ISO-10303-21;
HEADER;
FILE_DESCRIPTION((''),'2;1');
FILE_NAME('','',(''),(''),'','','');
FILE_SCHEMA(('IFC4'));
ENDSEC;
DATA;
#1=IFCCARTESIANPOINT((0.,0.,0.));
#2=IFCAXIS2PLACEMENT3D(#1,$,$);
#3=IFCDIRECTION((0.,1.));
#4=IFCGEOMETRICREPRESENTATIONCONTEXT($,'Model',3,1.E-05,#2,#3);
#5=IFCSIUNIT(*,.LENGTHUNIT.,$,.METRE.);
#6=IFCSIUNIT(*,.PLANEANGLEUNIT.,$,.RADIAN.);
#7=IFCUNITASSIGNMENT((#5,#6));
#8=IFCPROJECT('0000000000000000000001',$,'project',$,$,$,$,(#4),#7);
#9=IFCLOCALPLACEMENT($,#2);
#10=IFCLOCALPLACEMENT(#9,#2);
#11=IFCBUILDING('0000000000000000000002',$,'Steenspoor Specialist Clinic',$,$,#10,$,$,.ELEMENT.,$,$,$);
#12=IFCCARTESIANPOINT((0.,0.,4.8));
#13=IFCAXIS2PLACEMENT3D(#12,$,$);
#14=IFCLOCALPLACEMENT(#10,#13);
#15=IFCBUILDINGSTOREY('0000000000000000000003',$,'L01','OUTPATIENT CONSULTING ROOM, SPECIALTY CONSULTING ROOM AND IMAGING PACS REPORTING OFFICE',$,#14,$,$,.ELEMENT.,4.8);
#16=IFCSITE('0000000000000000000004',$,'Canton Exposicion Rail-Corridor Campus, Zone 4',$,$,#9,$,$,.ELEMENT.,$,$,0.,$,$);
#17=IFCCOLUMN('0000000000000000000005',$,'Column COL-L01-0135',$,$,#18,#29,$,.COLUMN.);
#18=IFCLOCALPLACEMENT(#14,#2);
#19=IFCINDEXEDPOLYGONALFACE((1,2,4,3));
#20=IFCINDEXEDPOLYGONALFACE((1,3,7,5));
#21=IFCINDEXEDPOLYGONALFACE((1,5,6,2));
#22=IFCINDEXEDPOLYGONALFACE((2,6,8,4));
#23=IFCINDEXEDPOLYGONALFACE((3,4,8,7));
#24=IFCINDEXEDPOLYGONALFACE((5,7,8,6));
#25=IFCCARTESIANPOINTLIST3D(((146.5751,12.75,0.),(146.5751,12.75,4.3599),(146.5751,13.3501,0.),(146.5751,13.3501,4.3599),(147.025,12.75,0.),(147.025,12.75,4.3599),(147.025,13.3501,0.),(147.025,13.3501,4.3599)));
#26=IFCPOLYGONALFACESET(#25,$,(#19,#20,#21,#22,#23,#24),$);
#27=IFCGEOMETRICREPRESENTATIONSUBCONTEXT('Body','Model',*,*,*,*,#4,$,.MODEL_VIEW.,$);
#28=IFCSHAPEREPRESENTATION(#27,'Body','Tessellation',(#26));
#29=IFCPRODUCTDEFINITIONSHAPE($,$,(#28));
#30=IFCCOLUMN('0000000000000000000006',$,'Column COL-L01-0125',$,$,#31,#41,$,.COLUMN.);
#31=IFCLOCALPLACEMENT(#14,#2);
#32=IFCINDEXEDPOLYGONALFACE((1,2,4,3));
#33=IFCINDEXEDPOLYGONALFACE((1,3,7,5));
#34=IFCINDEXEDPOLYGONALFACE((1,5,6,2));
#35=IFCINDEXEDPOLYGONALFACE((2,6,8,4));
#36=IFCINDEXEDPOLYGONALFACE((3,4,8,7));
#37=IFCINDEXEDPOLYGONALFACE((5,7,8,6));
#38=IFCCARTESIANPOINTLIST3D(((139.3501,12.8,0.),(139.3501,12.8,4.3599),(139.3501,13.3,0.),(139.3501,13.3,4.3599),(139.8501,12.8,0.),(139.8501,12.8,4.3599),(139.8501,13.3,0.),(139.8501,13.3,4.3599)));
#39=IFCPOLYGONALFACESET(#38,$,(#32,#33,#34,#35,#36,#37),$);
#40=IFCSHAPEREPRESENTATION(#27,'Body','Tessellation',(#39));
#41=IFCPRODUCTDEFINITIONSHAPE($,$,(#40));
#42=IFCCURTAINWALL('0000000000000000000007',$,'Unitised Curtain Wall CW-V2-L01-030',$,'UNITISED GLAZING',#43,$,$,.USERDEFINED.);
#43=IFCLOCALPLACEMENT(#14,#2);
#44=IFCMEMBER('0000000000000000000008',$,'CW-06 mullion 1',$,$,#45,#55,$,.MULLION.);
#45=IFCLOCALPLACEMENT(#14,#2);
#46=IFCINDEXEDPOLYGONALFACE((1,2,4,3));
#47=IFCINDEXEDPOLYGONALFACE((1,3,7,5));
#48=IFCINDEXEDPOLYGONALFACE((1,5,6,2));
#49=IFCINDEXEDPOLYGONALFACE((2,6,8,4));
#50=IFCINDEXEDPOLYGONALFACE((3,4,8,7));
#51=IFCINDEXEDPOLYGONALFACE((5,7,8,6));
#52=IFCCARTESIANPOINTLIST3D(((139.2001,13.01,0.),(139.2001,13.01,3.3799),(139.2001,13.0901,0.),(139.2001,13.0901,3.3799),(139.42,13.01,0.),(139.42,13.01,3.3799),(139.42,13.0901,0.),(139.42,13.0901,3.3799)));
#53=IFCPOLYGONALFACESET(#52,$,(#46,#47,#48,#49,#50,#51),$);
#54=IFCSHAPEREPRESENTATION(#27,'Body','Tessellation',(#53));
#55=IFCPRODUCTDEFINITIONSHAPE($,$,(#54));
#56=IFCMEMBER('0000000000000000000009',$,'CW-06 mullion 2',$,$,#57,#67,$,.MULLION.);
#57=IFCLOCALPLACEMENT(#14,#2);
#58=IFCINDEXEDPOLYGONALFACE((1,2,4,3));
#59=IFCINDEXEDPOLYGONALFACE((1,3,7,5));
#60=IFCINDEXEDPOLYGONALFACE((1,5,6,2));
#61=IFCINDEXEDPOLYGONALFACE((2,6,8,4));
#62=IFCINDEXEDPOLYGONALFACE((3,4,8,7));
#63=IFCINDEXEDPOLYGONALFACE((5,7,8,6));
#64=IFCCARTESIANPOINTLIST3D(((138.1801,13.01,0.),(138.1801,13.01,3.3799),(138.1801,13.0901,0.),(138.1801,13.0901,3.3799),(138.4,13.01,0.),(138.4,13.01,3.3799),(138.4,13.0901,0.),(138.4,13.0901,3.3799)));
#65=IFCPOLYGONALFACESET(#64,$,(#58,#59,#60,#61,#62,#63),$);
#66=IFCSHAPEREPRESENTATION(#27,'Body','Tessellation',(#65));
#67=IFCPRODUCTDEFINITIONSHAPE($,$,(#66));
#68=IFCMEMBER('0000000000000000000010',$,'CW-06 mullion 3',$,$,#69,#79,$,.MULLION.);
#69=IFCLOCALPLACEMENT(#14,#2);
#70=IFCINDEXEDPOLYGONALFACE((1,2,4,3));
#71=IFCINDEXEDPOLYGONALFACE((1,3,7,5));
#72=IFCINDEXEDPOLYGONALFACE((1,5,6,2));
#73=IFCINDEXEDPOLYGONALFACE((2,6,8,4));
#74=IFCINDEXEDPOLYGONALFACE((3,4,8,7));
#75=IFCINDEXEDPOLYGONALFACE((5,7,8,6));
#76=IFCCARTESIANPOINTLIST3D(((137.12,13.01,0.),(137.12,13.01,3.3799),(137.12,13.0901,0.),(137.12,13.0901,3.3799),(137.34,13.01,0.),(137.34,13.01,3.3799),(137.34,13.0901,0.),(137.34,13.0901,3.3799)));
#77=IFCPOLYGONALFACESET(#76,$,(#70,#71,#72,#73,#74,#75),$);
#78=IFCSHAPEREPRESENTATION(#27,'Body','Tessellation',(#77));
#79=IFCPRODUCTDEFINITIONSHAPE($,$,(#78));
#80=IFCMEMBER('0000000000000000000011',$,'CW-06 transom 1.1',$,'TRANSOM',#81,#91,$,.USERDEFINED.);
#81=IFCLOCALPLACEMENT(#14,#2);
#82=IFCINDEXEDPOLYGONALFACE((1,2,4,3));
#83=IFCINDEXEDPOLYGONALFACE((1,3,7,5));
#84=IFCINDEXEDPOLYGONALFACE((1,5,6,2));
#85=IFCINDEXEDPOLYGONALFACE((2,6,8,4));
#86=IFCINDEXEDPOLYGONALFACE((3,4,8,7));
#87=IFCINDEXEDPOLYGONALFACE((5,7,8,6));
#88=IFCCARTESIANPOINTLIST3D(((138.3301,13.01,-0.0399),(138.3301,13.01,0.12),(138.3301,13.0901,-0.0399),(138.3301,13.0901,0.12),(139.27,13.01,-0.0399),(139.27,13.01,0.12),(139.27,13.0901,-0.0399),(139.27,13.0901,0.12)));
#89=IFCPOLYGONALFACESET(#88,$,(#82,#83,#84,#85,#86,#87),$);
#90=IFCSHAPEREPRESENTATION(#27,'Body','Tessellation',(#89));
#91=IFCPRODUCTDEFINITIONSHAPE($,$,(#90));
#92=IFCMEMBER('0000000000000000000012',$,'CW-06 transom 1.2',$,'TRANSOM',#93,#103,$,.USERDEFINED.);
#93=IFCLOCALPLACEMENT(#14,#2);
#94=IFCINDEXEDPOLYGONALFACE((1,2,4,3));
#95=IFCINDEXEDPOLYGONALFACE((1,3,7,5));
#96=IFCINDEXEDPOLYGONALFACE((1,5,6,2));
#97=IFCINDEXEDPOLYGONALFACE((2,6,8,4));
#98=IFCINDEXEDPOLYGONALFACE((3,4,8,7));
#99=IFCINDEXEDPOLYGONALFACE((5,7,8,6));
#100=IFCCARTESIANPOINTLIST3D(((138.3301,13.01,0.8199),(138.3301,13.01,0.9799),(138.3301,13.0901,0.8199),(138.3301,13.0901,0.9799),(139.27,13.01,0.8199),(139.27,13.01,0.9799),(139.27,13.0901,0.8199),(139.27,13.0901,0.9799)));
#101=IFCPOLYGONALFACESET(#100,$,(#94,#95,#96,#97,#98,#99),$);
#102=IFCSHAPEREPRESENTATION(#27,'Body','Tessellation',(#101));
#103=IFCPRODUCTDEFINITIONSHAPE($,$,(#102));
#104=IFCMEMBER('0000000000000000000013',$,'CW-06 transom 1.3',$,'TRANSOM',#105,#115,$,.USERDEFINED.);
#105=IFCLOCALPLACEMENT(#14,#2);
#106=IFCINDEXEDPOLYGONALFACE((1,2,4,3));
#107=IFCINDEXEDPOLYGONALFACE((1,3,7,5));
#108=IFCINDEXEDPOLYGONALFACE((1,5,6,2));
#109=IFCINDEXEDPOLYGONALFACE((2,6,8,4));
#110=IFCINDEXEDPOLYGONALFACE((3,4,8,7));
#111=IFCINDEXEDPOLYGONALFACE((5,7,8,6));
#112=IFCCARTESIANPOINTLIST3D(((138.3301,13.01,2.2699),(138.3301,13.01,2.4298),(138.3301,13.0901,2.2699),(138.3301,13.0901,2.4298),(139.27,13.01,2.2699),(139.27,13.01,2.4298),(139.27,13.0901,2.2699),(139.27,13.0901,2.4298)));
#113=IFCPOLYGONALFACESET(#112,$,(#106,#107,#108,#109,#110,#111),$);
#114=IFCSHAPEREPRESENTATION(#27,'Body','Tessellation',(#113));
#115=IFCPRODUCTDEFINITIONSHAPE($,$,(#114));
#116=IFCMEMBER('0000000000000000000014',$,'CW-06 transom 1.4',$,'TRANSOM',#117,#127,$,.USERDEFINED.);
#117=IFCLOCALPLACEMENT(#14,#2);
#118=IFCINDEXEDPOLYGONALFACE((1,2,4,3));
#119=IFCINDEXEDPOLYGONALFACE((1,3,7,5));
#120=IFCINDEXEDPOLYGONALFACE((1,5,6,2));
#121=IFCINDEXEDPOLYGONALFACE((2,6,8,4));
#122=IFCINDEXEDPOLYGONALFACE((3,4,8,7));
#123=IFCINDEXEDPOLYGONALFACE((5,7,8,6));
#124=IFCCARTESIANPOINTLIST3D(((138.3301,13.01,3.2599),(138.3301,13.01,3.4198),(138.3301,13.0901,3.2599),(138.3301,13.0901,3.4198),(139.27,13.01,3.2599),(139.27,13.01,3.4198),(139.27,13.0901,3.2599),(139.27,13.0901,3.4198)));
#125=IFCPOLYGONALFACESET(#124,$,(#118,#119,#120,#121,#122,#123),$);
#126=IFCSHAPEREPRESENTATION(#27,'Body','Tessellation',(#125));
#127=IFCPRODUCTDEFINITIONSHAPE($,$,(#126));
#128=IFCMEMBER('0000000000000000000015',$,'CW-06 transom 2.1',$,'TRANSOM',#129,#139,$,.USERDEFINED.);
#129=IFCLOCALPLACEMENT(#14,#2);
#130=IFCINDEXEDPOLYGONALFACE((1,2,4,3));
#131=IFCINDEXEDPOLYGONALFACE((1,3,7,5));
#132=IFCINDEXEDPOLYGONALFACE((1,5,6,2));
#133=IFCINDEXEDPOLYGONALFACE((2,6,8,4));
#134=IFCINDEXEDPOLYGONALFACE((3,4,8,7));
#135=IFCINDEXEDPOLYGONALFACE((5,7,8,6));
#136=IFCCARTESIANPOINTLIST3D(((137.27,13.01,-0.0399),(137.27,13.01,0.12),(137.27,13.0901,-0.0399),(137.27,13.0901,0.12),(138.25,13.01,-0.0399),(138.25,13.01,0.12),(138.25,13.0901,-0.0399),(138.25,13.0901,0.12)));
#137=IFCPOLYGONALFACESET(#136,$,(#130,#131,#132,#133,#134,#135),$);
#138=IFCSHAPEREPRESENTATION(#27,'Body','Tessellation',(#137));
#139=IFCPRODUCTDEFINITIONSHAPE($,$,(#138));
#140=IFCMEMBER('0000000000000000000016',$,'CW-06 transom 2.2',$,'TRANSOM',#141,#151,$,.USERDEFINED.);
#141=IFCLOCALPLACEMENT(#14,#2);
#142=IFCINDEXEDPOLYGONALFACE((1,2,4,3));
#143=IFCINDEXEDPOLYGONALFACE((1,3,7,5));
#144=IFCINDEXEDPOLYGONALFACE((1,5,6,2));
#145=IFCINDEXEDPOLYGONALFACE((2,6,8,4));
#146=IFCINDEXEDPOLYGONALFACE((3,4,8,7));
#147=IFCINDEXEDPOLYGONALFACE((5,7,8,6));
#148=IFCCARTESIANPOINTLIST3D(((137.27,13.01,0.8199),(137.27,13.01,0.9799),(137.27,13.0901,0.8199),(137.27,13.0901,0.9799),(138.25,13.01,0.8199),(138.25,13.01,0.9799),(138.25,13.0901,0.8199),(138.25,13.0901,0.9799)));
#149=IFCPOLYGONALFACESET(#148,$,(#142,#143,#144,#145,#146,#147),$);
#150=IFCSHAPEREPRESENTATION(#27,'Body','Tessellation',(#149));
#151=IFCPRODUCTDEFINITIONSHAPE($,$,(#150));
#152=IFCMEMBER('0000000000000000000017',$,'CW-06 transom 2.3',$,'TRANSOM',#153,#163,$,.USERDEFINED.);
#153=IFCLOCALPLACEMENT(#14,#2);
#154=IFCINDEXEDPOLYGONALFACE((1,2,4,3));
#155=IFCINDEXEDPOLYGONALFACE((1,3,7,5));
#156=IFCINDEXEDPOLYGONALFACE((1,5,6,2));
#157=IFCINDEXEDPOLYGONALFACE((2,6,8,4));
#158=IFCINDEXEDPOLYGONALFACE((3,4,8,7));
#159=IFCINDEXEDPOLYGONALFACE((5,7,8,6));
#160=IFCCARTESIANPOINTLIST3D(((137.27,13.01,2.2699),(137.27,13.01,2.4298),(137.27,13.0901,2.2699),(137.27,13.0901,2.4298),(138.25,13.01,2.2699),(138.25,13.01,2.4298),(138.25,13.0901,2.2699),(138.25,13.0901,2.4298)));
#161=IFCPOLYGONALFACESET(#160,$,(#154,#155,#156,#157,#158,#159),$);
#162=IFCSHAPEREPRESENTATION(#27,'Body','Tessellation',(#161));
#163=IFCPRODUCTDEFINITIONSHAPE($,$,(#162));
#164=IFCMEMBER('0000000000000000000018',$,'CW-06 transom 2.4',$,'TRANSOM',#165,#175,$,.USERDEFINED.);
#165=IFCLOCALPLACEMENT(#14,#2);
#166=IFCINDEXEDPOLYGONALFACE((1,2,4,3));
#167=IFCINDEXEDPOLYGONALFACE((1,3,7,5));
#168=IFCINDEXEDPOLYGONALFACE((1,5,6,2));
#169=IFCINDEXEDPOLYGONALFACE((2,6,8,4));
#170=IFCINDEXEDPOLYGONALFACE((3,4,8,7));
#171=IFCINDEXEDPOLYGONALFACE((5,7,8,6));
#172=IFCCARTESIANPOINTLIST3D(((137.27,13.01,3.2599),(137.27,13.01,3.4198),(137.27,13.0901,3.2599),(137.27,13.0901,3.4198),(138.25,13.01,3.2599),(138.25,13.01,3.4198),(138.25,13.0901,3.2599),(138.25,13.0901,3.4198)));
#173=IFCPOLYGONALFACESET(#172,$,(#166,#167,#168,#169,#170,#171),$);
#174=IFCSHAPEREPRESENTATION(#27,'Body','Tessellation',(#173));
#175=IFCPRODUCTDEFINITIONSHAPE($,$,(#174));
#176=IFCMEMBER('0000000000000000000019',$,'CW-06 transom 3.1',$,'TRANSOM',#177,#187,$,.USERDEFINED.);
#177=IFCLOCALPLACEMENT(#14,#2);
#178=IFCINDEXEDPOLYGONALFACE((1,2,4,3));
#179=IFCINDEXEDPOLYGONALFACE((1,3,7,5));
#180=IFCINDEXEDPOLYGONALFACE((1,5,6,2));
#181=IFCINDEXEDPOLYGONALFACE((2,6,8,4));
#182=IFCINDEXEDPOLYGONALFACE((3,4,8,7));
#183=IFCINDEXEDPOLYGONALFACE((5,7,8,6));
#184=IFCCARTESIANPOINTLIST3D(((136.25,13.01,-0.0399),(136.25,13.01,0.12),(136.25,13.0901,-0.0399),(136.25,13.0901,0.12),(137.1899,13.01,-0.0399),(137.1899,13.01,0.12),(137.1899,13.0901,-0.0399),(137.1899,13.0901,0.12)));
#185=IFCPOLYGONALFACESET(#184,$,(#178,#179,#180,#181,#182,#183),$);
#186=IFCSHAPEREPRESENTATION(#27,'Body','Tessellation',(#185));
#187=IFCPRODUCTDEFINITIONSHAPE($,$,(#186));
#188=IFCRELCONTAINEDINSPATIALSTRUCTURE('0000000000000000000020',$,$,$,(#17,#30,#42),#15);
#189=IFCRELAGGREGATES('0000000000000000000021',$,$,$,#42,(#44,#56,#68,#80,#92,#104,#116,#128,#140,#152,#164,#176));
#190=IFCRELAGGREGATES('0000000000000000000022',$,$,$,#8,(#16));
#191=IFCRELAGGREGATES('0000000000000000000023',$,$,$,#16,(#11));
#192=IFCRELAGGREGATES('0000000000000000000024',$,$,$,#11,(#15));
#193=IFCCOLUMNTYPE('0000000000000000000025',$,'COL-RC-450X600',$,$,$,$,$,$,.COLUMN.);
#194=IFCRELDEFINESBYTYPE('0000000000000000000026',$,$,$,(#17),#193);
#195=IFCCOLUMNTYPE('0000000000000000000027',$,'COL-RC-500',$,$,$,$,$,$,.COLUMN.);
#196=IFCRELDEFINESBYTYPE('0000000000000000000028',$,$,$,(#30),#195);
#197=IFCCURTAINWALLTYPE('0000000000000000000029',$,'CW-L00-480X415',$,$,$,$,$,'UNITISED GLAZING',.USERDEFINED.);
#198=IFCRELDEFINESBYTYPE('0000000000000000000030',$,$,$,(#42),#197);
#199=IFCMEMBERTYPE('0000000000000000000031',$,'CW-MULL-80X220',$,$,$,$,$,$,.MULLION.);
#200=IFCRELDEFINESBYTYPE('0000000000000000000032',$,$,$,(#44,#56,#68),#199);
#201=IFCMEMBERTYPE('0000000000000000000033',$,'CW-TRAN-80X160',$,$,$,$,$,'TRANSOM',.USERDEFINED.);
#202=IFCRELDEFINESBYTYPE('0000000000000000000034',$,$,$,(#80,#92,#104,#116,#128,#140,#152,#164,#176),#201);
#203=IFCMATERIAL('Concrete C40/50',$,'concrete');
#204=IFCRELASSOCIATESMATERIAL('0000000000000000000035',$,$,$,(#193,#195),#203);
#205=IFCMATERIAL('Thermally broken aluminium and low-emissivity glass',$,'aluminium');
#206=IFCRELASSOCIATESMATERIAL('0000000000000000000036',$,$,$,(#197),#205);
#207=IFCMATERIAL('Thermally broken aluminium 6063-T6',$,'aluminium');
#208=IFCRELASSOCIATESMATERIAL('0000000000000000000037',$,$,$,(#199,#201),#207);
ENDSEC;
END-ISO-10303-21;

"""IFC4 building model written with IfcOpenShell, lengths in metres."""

from ifc_helpers import new_model, si_unit, direction, frame, origin, origin_2d, place, context, subcontext, project, spatial, rectangle, extrude, material, material_profile, profile_set, type_object, element, aggregate, save


model = new_model("IFC4")

# Units and contexts
model_context = context("Model", 3, precision=1e-05, world=origin(), true_north=direction((0.0, 1.0)))
body_context = subcontext(model_context, "Body", "Model", "MODEL_VIEW")
ifc_project = project(units=[si_unit("LENGTHUNIT", "METRE"), si_unit("PLANEANGLEUNIT", "RADIAN")], contexts=[model_context])

# Site, building, storey
site_placement = place(None, origin())
site = spatial("IfcSite", under=ifc_project, at=site_placement, Name="Canton Exposicion Rail-Corridor Campus, Zone 4", CompositionType="ELEMENT", RefElevation=0.0)
building_placement = place(site_placement, origin())
building = spatial("IfcBuilding", under=site, at=building_placement, Name="Steenspoor Specialist Clinic", CompositionType="ELEMENT")
storey_placement = place(building_placement, frame((0.0, 0.0, 4.8)))
storey = spatial("IfcBuildingStorey", under=building, at=storey_placement, Name="L01", Description="OUTPATIENT CONSULTING ROOM, SPECIALTY CONSULTING ROOM AND IMAGING PACS REPORTING OFFICE", CompositionType="ELEMENT", Elevation=4.8)

# Columns
ifc_material_1 = material(Name="Concrete C40/50", Category="concrete")
ifc_material_profile_1 = material_profile(ifc_material_1, rectangle(XDim=0.45, YDim=0.6001, at=origin_2d()), Name="RC-COL-450X600")
ifc_profile_set_1 = profile_set([ifc_material_profile_1], Name="Concrete C40/50")
column_type_1 = type_object("IfcColumnType", Name="COL-RC-450X600", PredefinedType="COLUMN", material=ifc_profile_set_1)
column_1_placement = place(storey_placement, frame((146.8, 13.05, 0.0), z_axis=(0.0, 0.0, 1.0), x_axis=(1.0, 0.0, 0.0)))
element("IfcColumn", 1, at=column_1_placement, inside=storey, type_object=column_type_1, Name="Column COL-L01-0135", PredefinedType="COLUMN", context=body_context, shape_type="SweptSolid", body=[
    extrude(rectangle(XDim=0.45, YDim=0.6001, at=origin_2d()), origin(), (0.0, 0.0, 1.0), 4.3599),
])
ifc_material_profile_2 = material_profile(ifc_material_1, rectangle(XDim=0.5, YDim=0.5, at=origin_2d()), Name="RC-COL-500X500")
ifc_profile_set_2 = profile_set([ifc_material_profile_2], Name="Concrete C40/50")
column_type_2 = type_object("IfcColumnType", Name="COL-RC-500", PredefinedType="COLUMN", material=ifc_profile_set_2)
column_2_placement = place(storey_placement, frame((139.6001, 13.05, 0.0), z_axis=(0.0, 0.0, 1.0), x_axis=(1.0, 0.0, 0.0)))
element("IfcColumn", 2, at=column_2_placement, inside=storey, type_object=column_type_2, Name="Column COL-L01-0125", PredefinedType="COLUMN", context=body_context, shape_type="SweptSolid", body=[
    extrude(rectangle(XDim=0.5, YDim=0.5, at=origin_2d()), origin(), (0.0, 0.0, 1.0), 4.3599),
])

# Curtain wall, members
ifc_material_2 = material(Name="Thermally broken aluminium and low-emissivity glass", Category="aluminium")
curtain_wall_type = type_object("IfcCurtainWallType", Name="CW-L00-480X415", ElementType="UNITISED GLAZING", PredefinedType="USERDEFINED", material=ifc_material_2)
curtain_wall_placement = place(storey_placement, origin())
curtain_wall = element("IfcCurtainWall", 3, at=curtain_wall_placement, inside=storey, type_object=curtain_wall_type, Name="Unitised Curtain Wall CW-V2-L01-030", ObjectType="UNITISED GLAZING", PredefinedType="USERDEFINED")
ifc_material_3 = material(Name="Thermally broken aluminium 6063-T6", Category="aluminium")
ifc_material_profile_3 = material_profile(ifc_material_3, rectangle(XDim=0.0801, YDim=0.22, at=origin_2d()), Name="CWM-80X220")
ifc_profile_set_3 = profile_set([ifc_material_profile_3], Name="Thermally broken aluminium 6063-T6")
member_type_1 = type_object("IfcMemberType", Name="CW-MULL-80X220", PredefinedType="MULLION", material=ifc_profile_set_3)
member_1_placement = place(storey_placement, frame((139.3101, 13.05, 0.0), z_axis=(0.0, 0.0, 1.0), x_axis=(0.0, -1.0, 0.0)))
member_1 = element("IfcMember", 4, at=member_1_placement, type_object=member_type_1, Name="CW-06 mullion 1", PredefinedType="MULLION", context=body_context, shape_type="SweptSolid", body=[
    extrude(rectangle(XDim=0.0801, YDim=0.22, at=origin_2d()), origin(), (0.0, 0.0, 1.0), 3.3799),
])
member_2_placement = place(storey_placement, frame((138.29, 13.05, 0.0), z_axis=(0.0, 0.0, 1.0), x_axis=(0.0, -1.0, 0.0)))
member_2 = element("IfcMember", 5, at=member_2_placement, type_object=member_type_1, Name="CW-06 mullion 2", PredefinedType="MULLION", context=body_context, shape_type="SweptSolid", body=[
    extrude(rectangle(XDim=0.0801, YDim=0.22, at=origin_2d()), origin(), (0.0, 0.0, 1.0), 3.3799),
])
member_3_placement = place(storey_placement, frame((137.23, 13.05, 0.0), z_axis=(0.0, 0.0, 1.0), x_axis=(0.0, -1.0, 0.0)))
member_3 = element("IfcMember", 6, at=member_3_placement, type_object=member_type_1, Name="CW-06 mullion 3", PredefinedType="MULLION", context=body_context, shape_type="SweptSolid", body=[
    extrude(rectangle(XDim=0.0801, YDim=0.22, at=origin_2d()), origin(), (0.0, 0.0, 1.0), 3.3799),
])
ifc_material_profile_4 = material_profile(ifc_material_3, rectangle(XDim=0.0801, YDim=0.1599, at=origin_2d()), Name="CWT-80X160")
ifc_profile_set_4 = profile_set([ifc_material_profile_4], Name="Thermally broken aluminium 6063-T6")
member_type_2 = type_object("IfcMemberType", Name="CW-TRAN-80X160", ElementType="TRANSOM", PredefinedType="USERDEFINED", material=ifc_profile_set_4)
member_4_placement = place(storey_placement, frame((139.27, 13.05, 0.04), z_axis=(-1.0, 0.0, 0.0), x_axis=(0.0, -1.0, 0.0)))
member_4 = element("IfcMember", 7, at=member_4_placement, type_object=member_type_2, Name="CW-06 transom 1.1", ObjectType="TRANSOM", PredefinedType="USERDEFINED", context=body_context, shape_type="SweptSolid", body=[
    extrude(rectangle(XDim=0.0801, YDim=0.1599, at=origin_2d()), origin(), (0.0, 0.0, 1.0), 0.9399),
])
member_5_placement = place(storey_placement, frame((139.27, 13.05, 0.8999), z_axis=(-1.0, 0.0, 0.0), x_axis=(0.0, -1.0, 0.0)))
member_5 = element("IfcMember", 8, at=member_5_placement, type_object=member_type_2, Name="CW-06 transom 1.2", ObjectType="TRANSOM", PredefinedType="USERDEFINED", context=body_context, shape_type="SweptSolid", body=[
    extrude(rectangle(XDim=0.0801, YDim=0.1599, at=origin_2d()), origin(), (0.0, 0.0, 1.0), 0.9399),
])
member_6_placement = place(storey_placement, frame((139.27, 13.05, 2.3499), z_axis=(-1.0, 0.0, 0.0), x_axis=(0.0, -1.0, 0.0)))
member_6 = element("IfcMember", 9, at=member_6_placement, type_object=member_type_2, Name="CW-06 transom 1.3", ObjectType="TRANSOM", PredefinedType="USERDEFINED", context=body_context, shape_type="SweptSolid", body=[
    extrude(rectangle(XDim=0.0801, YDim=0.1599, at=origin_2d()), origin(), (0.0, 0.0, 1.0), 0.9399),
])
member_7_placement = place(storey_placement, frame((139.27, 13.05, 3.3398), z_axis=(-1.0, 0.0, 0.0), x_axis=(0.0, -1.0, 0.0)))
member_7 = element("IfcMember", 10, at=member_7_placement, type_object=member_type_2, Name="CW-06 transom 1.4", ObjectType="TRANSOM", PredefinedType="USERDEFINED", context=body_context, shape_type="SweptSolid", body=[
    extrude(rectangle(XDim=0.0801, YDim=0.1599, at=origin_2d()), origin(), (0.0, 0.0, 1.0), 0.9399),
])
member_8_placement = place(storey_placement, frame((138.25, 13.05, 0.04), z_axis=(-1.0, 0.0, 0.0), x_axis=(0.0, -1.0, 0.0)))
member_8 = element("IfcMember", 11, at=member_8_placement, type_object=member_type_2, Name="CW-06 transom 2.1", ObjectType="TRANSOM", PredefinedType="USERDEFINED", context=body_context, shape_type="SweptSolid", body=[
    extrude(rectangle(XDim=0.0801, YDim=0.1599, at=origin_2d()), origin(), (0.0, 0.0, 1.0), 0.98),
])
member_9_placement = place(storey_placement, frame((138.25, 13.05, 0.8999), z_axis=(-1.0, 0.0, 0.0), x_axis=(0.0, -1.0, 0.0)))
member_9 = element("IfcMember", 12, at=member_9_placement, type_object=member_type_2, Name="CW-06 transom 2.2", ObjectType="TRANSOM", PredefinedType="USERDEFINED", context=body_context, shape_type="SweptSolid", body=[
    extrude(rectangle(XDim=0.0801, YDim=0.1599, at=origin_2d()), origin(), (0.0, 0.0, 1.0), 0.98),
])
member_10_placement = place(storey_placement, frame((138.25, 13.05, 2.3499), z_axis=(-1.0, 0.0, 0.0), x_axis=(0.0, -1.0, 0.0)))
member_10 = element("IfcMember", 13, at=member_10_placement, type_object=member_type_2, Name="CW-06 transom 2.3", ObjectType="TRANSOM", PredefinedType="USERDEFINED", context=body_context, shape_type="SweptSolid", body=[
    extrude(rectangle(XDim=0.0801, YDim=0.1599, at=origin_2d()), origin(), (0.0, 0.0, 1.0), 0.98),
])
member_11_placement = place(storey_placement, frame((138.25, 13.05, 3.3398), z_axis=(-1.0, 0.0, 0.0), x_axis=(0.0, -1.0, 0.0)))
member_11 = element("IfcMember", 14, at=member_11_placement, type_object=member_type_2, Name="CW-06 transom 2.4", ObjectType="TRANSOM", PredefinedType="USERDEFINED", context=body_context, shape_type="SweptSolid", body=[
    extrude(rectangle(XDim=0.0801, YDim=0.1599, at=origin_2d()), origin(), (0.0, 0.0, 1.0), 0.98),
])
member_12_placement = place(storey_placement, frame((137.1899, 13.05, 0.04), z_axis=(-1.0, 0.0, 0.0), x_axis=(0.0, -1.0, 0.0)))
member_12 = element("IfcMember", 15, at=member_12_placement, type_object=member_type_2, Name="CW-06 transom 3.1", ObjectType="TRANSOM", PredefinedType="USERDEFINED", context=body_context, shape_type="SweptSolid", body=[
    extrude(rectangle(XDim=0.0801, YDim=0.1599, at=origin_2d()), origin(), (0.0, 0.0, 1.0), 0.9399),
])

aggregate(curtain_wall, [member_1, member_2, member_3, member_4, member_5, member_6, member_7, member_8, member_9, member_10, member_11, member_12])

save(model, "model.ifc")
